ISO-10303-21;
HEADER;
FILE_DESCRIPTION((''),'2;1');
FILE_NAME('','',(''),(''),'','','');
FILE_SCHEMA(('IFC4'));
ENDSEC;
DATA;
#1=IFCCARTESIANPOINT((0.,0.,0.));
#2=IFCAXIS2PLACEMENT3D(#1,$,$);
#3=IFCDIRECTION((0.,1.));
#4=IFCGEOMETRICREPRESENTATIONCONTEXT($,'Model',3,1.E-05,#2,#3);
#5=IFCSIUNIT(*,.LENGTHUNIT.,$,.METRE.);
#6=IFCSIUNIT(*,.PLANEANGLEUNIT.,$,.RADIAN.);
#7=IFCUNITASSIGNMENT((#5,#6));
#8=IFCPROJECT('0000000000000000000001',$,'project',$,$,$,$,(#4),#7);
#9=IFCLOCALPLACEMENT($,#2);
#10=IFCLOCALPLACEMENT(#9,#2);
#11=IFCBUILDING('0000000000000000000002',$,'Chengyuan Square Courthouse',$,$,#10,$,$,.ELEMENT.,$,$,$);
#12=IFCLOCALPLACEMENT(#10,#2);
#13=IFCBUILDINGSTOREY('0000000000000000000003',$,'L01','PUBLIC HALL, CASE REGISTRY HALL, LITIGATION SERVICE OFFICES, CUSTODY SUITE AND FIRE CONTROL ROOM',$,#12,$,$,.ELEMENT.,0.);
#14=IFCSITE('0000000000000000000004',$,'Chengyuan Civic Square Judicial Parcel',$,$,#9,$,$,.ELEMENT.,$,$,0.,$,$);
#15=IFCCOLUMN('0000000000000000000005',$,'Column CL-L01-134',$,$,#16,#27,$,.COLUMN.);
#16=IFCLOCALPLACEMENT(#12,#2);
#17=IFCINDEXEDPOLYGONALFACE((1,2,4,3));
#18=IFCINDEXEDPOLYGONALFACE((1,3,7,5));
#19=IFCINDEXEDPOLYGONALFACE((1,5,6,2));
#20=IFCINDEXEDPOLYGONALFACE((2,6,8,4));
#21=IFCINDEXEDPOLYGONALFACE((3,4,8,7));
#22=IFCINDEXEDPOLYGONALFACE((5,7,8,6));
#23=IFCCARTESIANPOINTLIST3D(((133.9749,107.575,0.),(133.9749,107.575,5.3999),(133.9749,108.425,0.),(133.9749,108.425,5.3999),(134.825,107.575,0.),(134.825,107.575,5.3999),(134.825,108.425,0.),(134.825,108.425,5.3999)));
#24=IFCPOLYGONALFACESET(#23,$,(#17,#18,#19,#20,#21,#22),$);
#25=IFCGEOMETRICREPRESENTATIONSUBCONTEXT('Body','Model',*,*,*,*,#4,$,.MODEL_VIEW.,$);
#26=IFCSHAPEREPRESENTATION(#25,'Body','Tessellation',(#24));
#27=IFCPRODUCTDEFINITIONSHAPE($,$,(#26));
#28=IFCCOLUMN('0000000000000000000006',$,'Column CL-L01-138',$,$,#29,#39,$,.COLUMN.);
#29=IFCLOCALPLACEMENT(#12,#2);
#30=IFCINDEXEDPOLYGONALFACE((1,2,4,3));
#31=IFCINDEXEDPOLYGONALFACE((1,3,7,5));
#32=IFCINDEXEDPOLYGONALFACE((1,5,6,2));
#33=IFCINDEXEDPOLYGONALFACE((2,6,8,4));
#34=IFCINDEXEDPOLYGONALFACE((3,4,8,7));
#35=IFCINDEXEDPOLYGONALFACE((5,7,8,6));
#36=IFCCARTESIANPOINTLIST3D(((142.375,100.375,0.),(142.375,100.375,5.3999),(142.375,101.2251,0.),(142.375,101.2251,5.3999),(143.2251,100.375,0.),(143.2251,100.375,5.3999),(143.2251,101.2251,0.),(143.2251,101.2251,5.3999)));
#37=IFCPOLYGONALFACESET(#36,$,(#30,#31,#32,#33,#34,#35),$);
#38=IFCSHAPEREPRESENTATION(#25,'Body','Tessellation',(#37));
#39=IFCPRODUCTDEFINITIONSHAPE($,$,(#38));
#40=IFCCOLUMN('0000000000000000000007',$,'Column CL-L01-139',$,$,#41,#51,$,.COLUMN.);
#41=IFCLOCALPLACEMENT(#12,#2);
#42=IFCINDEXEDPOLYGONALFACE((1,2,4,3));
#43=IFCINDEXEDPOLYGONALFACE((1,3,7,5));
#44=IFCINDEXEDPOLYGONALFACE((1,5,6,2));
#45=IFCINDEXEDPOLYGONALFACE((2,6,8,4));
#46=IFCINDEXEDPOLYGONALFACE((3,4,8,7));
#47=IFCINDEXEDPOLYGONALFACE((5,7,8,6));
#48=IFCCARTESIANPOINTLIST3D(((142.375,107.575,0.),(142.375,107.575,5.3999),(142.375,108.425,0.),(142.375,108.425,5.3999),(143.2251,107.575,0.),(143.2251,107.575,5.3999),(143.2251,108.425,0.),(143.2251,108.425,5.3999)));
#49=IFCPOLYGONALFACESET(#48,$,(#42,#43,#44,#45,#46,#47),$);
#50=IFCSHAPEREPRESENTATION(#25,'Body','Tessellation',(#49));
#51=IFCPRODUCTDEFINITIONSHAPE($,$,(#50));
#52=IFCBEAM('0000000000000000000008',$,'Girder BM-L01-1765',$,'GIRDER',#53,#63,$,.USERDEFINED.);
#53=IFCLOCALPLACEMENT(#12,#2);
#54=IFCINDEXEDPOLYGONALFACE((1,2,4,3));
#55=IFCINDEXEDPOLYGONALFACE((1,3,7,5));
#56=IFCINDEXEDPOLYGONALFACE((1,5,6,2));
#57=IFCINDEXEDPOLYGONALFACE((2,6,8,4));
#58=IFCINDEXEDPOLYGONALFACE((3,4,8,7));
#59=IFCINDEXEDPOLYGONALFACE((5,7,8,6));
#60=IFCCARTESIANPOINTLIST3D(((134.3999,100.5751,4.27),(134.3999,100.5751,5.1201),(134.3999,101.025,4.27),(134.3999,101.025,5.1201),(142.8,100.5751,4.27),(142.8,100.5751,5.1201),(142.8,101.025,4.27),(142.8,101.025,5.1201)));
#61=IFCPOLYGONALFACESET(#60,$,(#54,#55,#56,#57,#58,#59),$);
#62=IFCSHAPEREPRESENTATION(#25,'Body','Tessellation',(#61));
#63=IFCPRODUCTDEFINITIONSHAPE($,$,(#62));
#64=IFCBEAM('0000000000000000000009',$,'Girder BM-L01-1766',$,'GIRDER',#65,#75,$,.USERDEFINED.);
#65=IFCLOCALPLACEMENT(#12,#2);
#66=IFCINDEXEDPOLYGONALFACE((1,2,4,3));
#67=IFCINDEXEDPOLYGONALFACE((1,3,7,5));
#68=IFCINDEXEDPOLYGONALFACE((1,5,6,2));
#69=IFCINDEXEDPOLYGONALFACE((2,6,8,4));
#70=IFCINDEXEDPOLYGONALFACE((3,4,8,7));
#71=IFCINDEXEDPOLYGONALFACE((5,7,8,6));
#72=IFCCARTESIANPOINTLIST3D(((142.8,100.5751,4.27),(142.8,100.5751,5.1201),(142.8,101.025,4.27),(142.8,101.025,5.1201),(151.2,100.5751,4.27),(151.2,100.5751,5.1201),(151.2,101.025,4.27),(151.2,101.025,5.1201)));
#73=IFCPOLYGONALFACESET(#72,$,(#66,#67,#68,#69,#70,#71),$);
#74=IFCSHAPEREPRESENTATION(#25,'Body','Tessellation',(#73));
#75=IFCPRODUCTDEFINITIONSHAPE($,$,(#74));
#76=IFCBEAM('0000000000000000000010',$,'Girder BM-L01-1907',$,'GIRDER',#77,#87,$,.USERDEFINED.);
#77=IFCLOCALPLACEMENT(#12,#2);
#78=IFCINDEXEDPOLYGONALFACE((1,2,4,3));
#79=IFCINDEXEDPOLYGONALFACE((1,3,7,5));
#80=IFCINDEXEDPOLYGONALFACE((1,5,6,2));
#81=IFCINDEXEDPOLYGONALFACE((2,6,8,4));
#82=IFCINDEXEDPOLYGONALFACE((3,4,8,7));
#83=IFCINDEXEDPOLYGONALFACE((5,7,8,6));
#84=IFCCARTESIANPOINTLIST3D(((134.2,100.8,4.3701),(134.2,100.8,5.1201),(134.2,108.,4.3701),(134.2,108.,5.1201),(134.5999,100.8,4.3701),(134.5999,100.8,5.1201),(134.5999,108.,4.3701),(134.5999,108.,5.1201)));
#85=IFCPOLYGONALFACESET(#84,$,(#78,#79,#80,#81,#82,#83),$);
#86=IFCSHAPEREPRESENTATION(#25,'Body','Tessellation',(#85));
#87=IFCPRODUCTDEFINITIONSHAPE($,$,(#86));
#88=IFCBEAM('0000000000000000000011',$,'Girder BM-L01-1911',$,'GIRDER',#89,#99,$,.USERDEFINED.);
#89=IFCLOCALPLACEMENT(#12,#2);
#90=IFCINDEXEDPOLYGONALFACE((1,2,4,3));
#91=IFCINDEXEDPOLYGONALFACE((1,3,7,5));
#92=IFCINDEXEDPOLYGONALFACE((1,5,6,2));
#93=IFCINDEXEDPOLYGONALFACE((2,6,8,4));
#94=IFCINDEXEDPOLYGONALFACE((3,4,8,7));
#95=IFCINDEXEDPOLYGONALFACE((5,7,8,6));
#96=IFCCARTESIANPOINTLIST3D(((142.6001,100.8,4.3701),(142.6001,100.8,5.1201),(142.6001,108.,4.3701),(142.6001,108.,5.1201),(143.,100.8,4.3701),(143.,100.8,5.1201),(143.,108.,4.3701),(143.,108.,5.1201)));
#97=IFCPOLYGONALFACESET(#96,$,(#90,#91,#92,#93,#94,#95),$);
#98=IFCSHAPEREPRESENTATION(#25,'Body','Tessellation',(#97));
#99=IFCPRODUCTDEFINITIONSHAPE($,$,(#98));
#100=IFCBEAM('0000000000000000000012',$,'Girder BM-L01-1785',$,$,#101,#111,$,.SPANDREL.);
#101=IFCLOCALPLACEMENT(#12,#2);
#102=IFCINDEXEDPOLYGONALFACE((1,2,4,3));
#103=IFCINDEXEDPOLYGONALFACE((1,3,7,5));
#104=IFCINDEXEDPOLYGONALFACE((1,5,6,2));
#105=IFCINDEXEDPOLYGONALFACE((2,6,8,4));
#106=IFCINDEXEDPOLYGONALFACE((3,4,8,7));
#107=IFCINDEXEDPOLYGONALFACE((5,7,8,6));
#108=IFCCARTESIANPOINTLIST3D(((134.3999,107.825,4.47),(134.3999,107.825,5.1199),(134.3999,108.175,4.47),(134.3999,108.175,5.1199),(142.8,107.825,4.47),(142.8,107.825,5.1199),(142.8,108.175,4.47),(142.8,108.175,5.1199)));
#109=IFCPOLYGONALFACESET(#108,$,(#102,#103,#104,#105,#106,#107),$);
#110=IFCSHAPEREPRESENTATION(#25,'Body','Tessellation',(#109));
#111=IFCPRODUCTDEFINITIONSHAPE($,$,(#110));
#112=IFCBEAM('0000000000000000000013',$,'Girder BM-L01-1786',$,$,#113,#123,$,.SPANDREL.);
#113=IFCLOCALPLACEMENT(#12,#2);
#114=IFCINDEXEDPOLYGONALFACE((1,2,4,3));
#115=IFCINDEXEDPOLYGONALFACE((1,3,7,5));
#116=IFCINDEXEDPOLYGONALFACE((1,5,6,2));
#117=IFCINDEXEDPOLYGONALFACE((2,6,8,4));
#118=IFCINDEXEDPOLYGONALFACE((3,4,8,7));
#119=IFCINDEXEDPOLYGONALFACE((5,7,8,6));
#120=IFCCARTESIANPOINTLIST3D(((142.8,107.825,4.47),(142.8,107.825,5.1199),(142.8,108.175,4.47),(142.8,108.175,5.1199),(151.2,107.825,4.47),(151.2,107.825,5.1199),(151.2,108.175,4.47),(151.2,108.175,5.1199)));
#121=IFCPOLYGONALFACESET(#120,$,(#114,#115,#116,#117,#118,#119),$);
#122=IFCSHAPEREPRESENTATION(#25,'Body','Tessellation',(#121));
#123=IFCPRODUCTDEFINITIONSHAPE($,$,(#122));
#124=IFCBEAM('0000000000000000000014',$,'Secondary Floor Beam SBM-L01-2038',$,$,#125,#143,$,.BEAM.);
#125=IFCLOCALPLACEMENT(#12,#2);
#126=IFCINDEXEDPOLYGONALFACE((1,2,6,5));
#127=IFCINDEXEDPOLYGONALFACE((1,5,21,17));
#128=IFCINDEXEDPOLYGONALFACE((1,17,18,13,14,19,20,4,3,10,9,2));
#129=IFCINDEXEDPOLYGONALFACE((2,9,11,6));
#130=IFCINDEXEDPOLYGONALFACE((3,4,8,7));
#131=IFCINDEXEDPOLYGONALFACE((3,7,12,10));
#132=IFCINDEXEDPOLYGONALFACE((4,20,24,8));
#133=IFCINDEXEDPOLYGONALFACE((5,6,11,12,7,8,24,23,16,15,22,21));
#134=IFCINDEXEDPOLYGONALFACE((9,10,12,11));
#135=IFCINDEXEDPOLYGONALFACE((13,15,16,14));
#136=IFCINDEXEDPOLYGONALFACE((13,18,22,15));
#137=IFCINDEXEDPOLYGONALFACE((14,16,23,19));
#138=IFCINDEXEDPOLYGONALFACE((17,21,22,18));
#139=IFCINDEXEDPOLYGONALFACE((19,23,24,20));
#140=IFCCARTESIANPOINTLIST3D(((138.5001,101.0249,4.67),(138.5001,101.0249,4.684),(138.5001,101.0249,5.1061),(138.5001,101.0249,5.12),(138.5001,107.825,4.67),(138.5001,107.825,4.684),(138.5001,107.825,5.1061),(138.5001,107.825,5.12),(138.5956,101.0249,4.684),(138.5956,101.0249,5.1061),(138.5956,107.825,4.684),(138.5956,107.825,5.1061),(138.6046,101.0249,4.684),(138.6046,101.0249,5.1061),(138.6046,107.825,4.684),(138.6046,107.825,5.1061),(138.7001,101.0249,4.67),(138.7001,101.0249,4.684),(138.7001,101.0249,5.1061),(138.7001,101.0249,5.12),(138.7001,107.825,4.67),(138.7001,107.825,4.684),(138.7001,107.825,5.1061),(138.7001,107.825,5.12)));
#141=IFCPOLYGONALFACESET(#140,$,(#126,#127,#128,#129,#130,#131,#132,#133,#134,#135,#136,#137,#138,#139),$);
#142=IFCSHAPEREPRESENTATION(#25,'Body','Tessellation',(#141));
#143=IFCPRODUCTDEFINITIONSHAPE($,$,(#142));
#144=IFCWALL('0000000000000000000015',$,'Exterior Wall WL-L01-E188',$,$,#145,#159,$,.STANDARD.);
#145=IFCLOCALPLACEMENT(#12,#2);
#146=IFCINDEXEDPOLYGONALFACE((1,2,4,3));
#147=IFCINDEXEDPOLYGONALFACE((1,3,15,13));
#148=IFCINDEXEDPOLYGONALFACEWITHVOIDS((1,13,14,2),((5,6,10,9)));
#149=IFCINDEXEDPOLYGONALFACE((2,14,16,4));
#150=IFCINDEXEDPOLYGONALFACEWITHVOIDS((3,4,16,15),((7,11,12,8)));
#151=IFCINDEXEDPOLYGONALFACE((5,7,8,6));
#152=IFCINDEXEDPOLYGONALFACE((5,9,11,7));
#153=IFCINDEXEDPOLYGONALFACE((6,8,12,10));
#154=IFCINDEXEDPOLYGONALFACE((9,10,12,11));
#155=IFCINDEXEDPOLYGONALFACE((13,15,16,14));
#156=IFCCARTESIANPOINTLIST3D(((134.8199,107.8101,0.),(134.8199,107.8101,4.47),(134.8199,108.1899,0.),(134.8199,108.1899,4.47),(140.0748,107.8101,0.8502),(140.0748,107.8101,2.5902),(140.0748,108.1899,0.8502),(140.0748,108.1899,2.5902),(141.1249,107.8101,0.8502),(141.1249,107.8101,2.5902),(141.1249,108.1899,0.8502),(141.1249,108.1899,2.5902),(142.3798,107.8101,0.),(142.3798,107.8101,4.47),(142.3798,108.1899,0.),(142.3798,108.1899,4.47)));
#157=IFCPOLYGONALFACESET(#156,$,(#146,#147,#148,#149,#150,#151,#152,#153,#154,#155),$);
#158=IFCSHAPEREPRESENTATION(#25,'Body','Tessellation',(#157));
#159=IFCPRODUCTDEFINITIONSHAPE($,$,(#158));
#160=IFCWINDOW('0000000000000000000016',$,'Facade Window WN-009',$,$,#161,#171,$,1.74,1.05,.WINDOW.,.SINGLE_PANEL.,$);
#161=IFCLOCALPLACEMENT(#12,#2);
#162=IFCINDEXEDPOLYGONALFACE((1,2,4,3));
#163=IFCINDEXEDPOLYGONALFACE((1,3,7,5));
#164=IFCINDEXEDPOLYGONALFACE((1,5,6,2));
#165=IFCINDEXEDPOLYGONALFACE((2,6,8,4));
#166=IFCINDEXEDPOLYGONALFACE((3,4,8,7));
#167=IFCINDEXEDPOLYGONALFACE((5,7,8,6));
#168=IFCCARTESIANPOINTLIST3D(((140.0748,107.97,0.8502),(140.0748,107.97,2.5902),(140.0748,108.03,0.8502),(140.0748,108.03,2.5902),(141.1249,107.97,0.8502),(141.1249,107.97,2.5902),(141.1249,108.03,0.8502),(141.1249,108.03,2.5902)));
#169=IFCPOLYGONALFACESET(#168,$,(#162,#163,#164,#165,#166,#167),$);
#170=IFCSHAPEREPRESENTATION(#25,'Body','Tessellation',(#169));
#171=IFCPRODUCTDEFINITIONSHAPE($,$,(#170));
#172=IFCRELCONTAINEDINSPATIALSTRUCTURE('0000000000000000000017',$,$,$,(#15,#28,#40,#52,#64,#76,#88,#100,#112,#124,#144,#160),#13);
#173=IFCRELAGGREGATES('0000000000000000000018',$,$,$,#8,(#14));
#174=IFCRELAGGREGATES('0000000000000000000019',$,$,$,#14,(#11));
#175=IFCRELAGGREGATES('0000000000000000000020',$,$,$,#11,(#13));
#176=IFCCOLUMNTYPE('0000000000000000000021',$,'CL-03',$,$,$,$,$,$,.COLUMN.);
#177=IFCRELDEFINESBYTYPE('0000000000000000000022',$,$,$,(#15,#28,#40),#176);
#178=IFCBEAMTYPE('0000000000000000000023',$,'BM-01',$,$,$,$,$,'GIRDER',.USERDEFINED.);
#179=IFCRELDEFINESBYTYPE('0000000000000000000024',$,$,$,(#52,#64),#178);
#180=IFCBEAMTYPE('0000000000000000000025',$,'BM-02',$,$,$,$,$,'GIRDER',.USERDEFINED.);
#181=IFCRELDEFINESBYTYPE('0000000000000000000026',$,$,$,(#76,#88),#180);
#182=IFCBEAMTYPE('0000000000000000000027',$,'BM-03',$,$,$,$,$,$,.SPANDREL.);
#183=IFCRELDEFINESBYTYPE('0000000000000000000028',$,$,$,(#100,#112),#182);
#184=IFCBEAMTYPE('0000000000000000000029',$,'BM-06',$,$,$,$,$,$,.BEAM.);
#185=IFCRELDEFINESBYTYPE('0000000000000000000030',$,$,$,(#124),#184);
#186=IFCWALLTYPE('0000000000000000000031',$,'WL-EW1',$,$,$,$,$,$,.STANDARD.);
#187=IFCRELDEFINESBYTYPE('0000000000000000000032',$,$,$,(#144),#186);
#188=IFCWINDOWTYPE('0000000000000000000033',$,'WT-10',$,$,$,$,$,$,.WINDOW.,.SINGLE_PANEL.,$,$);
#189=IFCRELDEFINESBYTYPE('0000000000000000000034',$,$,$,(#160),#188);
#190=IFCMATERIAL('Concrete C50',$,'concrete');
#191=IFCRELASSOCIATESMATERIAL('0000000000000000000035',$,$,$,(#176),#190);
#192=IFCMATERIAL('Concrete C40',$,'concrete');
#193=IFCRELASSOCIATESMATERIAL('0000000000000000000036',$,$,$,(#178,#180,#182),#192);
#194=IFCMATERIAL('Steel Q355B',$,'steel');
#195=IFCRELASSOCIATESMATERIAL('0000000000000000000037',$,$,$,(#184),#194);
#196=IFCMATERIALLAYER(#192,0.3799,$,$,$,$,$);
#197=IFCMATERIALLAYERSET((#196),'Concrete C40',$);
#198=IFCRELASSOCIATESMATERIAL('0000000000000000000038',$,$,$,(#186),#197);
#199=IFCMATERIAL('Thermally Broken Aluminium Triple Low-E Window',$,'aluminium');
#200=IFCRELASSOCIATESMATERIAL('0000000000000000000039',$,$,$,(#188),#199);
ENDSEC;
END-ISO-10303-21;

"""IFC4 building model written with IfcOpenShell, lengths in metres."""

from ifc_helpers import new_model, si_unit, direction, frame, frame_2d, origin, origin_2d, place, context, subcontext, project, spatial, rectangle, i_section, extrude, material, layer, layer_set, material_profile, profile_set, type_object, element, fill, save


model = new_model("IFC4")

# Units and contexts
model_context = context("Model", 3, precision=1e-05, world=origin(), true_north=direction((0.0, 1.0)))
body_context = subcontext(model_context, "Body", "Model", "MODEL_VIEW")
ifc_project = project(units=[si_unit("LENGTHUNIT", "METRE"), si_unit("PLANEANGLEUNIT", "RADIAN")], contexts=[model_context])

# Site, building, storey
site_placement = place(None, origin())
site = spatial("IfcSite", under=ifc_project, at=site_placement, Name="Chengyuan Civic Square Judicial Parcel", CompositionType="ELEMENT", RefElevation=0.0)
building_placement = place(site_placement, origin())
building = spatial("IfcBuilding", under=site, at=building_placement, Name="Chengyuan Square Courthouse", CompositionType="ELEMENT")
storey_placement = place(building_placement, origin())
storey = spatial("IfcBuildingStorey", under=building, at=storey_placement, Name="L01", Description="PUBLIC HALL, CASE REGISTRY HALL, LITIGATION SERVICE OFFICES, CUSTODY SUITE AND FIRE CONTROL ROOM", CompositionType="ELEMENT", Elevation=0.0)

# Columns
ifc_material_1 = material(Name="Concrete C50", Category="concrete")
ifc_material_profile_1 = material_profile(ifc_material_1, rectangle(XDim=0.8501, YDim=0.8501, at=origin_2d()), Name="RC-COL-850x850")
ifc_profile_set_1 = profile_set([ifc_material_profile_1], Name="Concrete C50")
column_type = type_object("IfcColumnType", Name="CL-03", PredefinedType="COLUMN", material=ifc_profile_set_1)
for number, where, z_axis, x_axis, name in (
    (1, (134.3999, 108.0, 0.0), (0.0, 0.0, 1.0), (1.0, 0.0, 0.0), "Column CL-L01-134"),
    (2, (142.8, 100.8, 0.0), (0.0, 0.0, 1.0), (1.0, 0.0, 0.0), "Column CL-L01-138"),
    (3, (142.8, 108.0, 0.0), (0.0, 0.0, 1.0), (1.0, 0.0, 0.0), "Column CL-L01-139"),
):
    element("IfcColumn", number, at=place(storey_placement, frame(where, z_axis=z_axis, x_axis=x_axis)), inside=storey, type_object=column_type, Name=name, PredefinedType="COLUMN", context=body_context, shape_type="SweptSolid", body=[
        extrude(rectangle(XDim=0.8501, YDim=0.8501, at=origin_2d()), origin(), (0.0, 0.0, 1.0), 5.3999),
    ])

# Beams
ifc_material_2 = material(Name="Concrete C40", Category="concrete")
ifc_material_profile_2 = material_profile(ifc_material_2, rectangle(XDim=0.45, YDim=0.8501, at=origin_2d()), Name="RC-BM-450x850")
ifc_profile_set_2 = profile_set([ifc_material_profile_2], Name="Concrete C40")
beam_type_1 = type_object("IfcBeamType", Name="BM-01", ElementType="GIRDER", PredefinedType="USERDEFINED", material=ifc_profile_set_2)
beam_1_placement = place(storey_placement, frame((134.3999, 100.8, 4.6951), z_axis=(1.0, 0.0, 0.0), x_axis=(0.0, 1.0, 0.0)))
element("IfcBeam", 4, at=beam_1_placement, inside=storey, type_object=beam_type_1, Name="Girder BM-L01-1765", ObjectType="GIRDER", PredefinedType="USERDEFINED", context=body_context, shape_type="SweptSolid", body=[
    extrude(rectangle(XDim=0.45, YDim=0.8501, at=origin_2d()), origin(), (0.0, 0.0, 1.0), 8.4001),
])
beam_2_placement = place(storey_placement, frame((142.8, 100.8, 4.6951), z_axis=(1.0, 0.0, 0.0), x_axis=(0.0, 1.0, 0.0)))
element("IfcBeam", 5, at=beam_2_placement, inside=storey, type_object=beam_type_1, Name="Girder BM-L01-1766", ObjectType="GIRDER", PredefinedType="USERDEFINED", context=body_context, shape_type="SweptSolid", body=[
    extrude(rectangle(XDim=0.45, YDim=0.8501, at=origin_2d()), origin(), (0.0, 0.0, 1.0), 8.3999),
])
ifc_material_profile_3 = material_profile(ifc_material_2, rectangle(XDim=0.3999, YDim=0.75, at=origin_2d()), Name="RC-BM-400x750")
ifc_profile_set_3 = profile_set([ifc_material_profile_3], Name="Concrete C40")
beam_type_2 = type_object("IfcBeamType", Name="BM-02", ElementType="GIRDER", PredefinedType="USERDEFINED", material=ifc_profile_set_3)
for number, where, z_axis, x_axis, name in (
    (6, (134.3999, 100.8, 4.7451), (0.0, 1.0, 0.0), (-1.0, 0.0, 0.0), "Girder BM-L01-1907"),
    (7, (142.8, 100.8, 4.7451), (0.0, 1.0, 0.0), (-1.0, 0.0, 0.0), "Girder BM-L01-1911"),
):
    element("IfcBeam", number, at=place(storey_placement, frame(where, z_axis=z_axis, x_axis=x_axis)), inside=storey, type_object=beam_type_2, Name=name, ObjectType="GIRDER", PredefinedType="USERDEFINED", context=body_context, shape_type="SweptSolid", body=[
        extrude(rectangle(XDim=0.3999, YDim=0.75, at=origin_2d()), origin(), (0.0, 0.0, 1.0), 7.2),
    ])
ifc_material_profile_4 = material_profile(ifc_material_2, rectangle(XDim=0.3501, YDim=0.6499, at=origin_2d()), Name="RC-BM-350x650")
ifc_profile_set_4 = profile_set([ifc_material_profile_4], Name="Concrete C40")
beam_type_3 = type_object("IfcBeamType", Name="BM-03", PredefinedType="SPANDREL", material=ifc_profile_set_4)
beam_3_placement = place(storey_placement, frame((134.3999, 108.0, 4.7949), z_axis=(1.0, 0.0, 0.0), x_axis=(0.0, 1.0, 0.0)))
element("IfcBeam", 8, at=beam_3_placement, inside=storey, type_object=beam_type_3, Name="Girder BM-L01-1785", PredefinedType="SPANDREL", context=body_context, shape_type="SweptSolid", body=[
    extrude(rectangle(XDim=0.3501, YDim=0.6499, at=origin_2d()), origin(), (0.0, 0.0, 1.0), 8.4001),
])
beam_4_placement = place(storey_placement, frame((142.8, 108.0, 4.7949), z_axis=(1.0, 0.0, 0.0), x_axis=(0.0, 1.0, 0.0)))
element("IfcBeam", 9, at=beam_4_placement, inside=storey, type_object=beam_type_3, Name="Girder BM-L01-1786", PredefinedType="SPANDREL", context=body_context, shape_type="SweptSolid", body=[
    extrude(rectangle(XDim=0.3501, YDim=0.6499, at=origin_2d()), origin(), (0.0, 0.0, 1.0), 8.3999),
])
ifc_material_3 = material(Name="Steel Q355B", Category="steel")
ifc_material_profile_5 = material_profile(ifc_material_3, i_section(OverallWidth=0.2, OverallDepth=0.45, WebThickness=0.009, FlangeThickness=0.0139, at=origin_2d()), Name="HN 450x200x9x14")
ifc_profile_set_5 = profile_set([ifc_material_profile_5], Name="Steel Q355B")
beam_type_4 = type_object("IfcBeamType", Name="BM-06", PredefinedType="BEAM", material=ifc_profile_set_5)
beam_5_placement = place(storey_placement, frame((138.6001, 101.0249, 4.895), z_axis=(0.0, 1.0, 0.0), x_axis=(-1.0, 0.0, 0.0)))
element("IfcBeam", 10, at=beam_5_placement, inside=storey, type_object=beam_type_4, Name="Secondary Floor Beam SBM-L01-2038", PredefinedType="BEAM", context=body_context, shape_type="SweptSolid", body=[
    extrude(i_section(OverallWidth=0.2, OverallDepth=0.45, WebThickness=0.009, FlangeThickness=0.0139, at=origin_2d()), origin(), (0.0, 0.0, 1.0), 6.8),
])

# Wall, opening, window
ifc_layer_1 = layer(ifc_material_2, 0.3799)
ifc_layer_set_1 = layer_set([ifc_layer_1], Name="Concrete C40")
wall_type_1 = type_object("IfcWallType", Name="WL-EW1", PredefinedType="STANDARD", material=ifc_layer_set_1)
wall_1_placement = place(storey_placement, frame((134.8201, 108.0, 0.0), z_axis=(0.0, 0.0, 1.0), x_axis=(1.0, 0.0, 0.0)))
wall_1 = element("IfcWall", 11, at=wall_1_placement, inside=storey, type_object=wall_type_1, Name="Exterior Wall WL-L01-E188", PredefinedType="STANDARD", context=body_context, shape_type="SweptSolid", body=[
    extrude(rectangle(XDim=7.5598, YDim=0.3799, at=frame_2d((3.7798, 0.0))), origin(), (0.0, 0.0, 1.0), 4.47),
])
opening_1_placement = place(wall_1_placement, frame((5.2549, 0.0, 0.8501)))
opening_1 = element("IfcOpeningElement", 12, at=opening_1_placement, cuts=wall_1, PredefinedType="OPENING", context=body_context, shape_type="SweptSolid", body=[
    extrude(rectangle(XDim=1.05, YDim=1.74, at=frame_2d((0.5249, 0.8701))), frame((0.0, 0.2019, 0.0), z_axis=(0.0, -1.0, 0.0), x_axis=(1.0, 0.0, 0.0)), (0.0, 0.0, 1.0), 0.4038),
])
ifc_material_4 = material(Name="Thermally Broken Aluminium Triple Low-E Window", Category="aluminium")
window_type_1 = type_object("IfcWindowType", Name="WT-10", PartitioningType="SINGLE_PANEL", PredefinedType="WINDOW", material=ifc_material_4)
window_1_placement = place(opening_1_placement, origin())
window_1 = element("IfcWindow", 13, at=window_1_placement, inside=storey, type_object=window_type_1, Name="Facade Window WN-009", OverallHeight=1.74, OverallWidth=1.05, PartitioningType="SINGLE_PANEL", PredefinedType="WINDOW", context=body_context, shape_type="SweptSolid", body=[
    extrude(rectangle(XDim=1.05, YDim=1.74, at=frame_2d((0.5249, 0.8701))), frame((0.0, 0.03, 0.0), z_axis=(0.0, -1.0, 0.0), x_axis=(1.0, 0.0, 0.0)), (0.0, 0.0, 1.0), 0.0601),
])
fill(opening_1, window_1)

save(model, "model.ifc")
